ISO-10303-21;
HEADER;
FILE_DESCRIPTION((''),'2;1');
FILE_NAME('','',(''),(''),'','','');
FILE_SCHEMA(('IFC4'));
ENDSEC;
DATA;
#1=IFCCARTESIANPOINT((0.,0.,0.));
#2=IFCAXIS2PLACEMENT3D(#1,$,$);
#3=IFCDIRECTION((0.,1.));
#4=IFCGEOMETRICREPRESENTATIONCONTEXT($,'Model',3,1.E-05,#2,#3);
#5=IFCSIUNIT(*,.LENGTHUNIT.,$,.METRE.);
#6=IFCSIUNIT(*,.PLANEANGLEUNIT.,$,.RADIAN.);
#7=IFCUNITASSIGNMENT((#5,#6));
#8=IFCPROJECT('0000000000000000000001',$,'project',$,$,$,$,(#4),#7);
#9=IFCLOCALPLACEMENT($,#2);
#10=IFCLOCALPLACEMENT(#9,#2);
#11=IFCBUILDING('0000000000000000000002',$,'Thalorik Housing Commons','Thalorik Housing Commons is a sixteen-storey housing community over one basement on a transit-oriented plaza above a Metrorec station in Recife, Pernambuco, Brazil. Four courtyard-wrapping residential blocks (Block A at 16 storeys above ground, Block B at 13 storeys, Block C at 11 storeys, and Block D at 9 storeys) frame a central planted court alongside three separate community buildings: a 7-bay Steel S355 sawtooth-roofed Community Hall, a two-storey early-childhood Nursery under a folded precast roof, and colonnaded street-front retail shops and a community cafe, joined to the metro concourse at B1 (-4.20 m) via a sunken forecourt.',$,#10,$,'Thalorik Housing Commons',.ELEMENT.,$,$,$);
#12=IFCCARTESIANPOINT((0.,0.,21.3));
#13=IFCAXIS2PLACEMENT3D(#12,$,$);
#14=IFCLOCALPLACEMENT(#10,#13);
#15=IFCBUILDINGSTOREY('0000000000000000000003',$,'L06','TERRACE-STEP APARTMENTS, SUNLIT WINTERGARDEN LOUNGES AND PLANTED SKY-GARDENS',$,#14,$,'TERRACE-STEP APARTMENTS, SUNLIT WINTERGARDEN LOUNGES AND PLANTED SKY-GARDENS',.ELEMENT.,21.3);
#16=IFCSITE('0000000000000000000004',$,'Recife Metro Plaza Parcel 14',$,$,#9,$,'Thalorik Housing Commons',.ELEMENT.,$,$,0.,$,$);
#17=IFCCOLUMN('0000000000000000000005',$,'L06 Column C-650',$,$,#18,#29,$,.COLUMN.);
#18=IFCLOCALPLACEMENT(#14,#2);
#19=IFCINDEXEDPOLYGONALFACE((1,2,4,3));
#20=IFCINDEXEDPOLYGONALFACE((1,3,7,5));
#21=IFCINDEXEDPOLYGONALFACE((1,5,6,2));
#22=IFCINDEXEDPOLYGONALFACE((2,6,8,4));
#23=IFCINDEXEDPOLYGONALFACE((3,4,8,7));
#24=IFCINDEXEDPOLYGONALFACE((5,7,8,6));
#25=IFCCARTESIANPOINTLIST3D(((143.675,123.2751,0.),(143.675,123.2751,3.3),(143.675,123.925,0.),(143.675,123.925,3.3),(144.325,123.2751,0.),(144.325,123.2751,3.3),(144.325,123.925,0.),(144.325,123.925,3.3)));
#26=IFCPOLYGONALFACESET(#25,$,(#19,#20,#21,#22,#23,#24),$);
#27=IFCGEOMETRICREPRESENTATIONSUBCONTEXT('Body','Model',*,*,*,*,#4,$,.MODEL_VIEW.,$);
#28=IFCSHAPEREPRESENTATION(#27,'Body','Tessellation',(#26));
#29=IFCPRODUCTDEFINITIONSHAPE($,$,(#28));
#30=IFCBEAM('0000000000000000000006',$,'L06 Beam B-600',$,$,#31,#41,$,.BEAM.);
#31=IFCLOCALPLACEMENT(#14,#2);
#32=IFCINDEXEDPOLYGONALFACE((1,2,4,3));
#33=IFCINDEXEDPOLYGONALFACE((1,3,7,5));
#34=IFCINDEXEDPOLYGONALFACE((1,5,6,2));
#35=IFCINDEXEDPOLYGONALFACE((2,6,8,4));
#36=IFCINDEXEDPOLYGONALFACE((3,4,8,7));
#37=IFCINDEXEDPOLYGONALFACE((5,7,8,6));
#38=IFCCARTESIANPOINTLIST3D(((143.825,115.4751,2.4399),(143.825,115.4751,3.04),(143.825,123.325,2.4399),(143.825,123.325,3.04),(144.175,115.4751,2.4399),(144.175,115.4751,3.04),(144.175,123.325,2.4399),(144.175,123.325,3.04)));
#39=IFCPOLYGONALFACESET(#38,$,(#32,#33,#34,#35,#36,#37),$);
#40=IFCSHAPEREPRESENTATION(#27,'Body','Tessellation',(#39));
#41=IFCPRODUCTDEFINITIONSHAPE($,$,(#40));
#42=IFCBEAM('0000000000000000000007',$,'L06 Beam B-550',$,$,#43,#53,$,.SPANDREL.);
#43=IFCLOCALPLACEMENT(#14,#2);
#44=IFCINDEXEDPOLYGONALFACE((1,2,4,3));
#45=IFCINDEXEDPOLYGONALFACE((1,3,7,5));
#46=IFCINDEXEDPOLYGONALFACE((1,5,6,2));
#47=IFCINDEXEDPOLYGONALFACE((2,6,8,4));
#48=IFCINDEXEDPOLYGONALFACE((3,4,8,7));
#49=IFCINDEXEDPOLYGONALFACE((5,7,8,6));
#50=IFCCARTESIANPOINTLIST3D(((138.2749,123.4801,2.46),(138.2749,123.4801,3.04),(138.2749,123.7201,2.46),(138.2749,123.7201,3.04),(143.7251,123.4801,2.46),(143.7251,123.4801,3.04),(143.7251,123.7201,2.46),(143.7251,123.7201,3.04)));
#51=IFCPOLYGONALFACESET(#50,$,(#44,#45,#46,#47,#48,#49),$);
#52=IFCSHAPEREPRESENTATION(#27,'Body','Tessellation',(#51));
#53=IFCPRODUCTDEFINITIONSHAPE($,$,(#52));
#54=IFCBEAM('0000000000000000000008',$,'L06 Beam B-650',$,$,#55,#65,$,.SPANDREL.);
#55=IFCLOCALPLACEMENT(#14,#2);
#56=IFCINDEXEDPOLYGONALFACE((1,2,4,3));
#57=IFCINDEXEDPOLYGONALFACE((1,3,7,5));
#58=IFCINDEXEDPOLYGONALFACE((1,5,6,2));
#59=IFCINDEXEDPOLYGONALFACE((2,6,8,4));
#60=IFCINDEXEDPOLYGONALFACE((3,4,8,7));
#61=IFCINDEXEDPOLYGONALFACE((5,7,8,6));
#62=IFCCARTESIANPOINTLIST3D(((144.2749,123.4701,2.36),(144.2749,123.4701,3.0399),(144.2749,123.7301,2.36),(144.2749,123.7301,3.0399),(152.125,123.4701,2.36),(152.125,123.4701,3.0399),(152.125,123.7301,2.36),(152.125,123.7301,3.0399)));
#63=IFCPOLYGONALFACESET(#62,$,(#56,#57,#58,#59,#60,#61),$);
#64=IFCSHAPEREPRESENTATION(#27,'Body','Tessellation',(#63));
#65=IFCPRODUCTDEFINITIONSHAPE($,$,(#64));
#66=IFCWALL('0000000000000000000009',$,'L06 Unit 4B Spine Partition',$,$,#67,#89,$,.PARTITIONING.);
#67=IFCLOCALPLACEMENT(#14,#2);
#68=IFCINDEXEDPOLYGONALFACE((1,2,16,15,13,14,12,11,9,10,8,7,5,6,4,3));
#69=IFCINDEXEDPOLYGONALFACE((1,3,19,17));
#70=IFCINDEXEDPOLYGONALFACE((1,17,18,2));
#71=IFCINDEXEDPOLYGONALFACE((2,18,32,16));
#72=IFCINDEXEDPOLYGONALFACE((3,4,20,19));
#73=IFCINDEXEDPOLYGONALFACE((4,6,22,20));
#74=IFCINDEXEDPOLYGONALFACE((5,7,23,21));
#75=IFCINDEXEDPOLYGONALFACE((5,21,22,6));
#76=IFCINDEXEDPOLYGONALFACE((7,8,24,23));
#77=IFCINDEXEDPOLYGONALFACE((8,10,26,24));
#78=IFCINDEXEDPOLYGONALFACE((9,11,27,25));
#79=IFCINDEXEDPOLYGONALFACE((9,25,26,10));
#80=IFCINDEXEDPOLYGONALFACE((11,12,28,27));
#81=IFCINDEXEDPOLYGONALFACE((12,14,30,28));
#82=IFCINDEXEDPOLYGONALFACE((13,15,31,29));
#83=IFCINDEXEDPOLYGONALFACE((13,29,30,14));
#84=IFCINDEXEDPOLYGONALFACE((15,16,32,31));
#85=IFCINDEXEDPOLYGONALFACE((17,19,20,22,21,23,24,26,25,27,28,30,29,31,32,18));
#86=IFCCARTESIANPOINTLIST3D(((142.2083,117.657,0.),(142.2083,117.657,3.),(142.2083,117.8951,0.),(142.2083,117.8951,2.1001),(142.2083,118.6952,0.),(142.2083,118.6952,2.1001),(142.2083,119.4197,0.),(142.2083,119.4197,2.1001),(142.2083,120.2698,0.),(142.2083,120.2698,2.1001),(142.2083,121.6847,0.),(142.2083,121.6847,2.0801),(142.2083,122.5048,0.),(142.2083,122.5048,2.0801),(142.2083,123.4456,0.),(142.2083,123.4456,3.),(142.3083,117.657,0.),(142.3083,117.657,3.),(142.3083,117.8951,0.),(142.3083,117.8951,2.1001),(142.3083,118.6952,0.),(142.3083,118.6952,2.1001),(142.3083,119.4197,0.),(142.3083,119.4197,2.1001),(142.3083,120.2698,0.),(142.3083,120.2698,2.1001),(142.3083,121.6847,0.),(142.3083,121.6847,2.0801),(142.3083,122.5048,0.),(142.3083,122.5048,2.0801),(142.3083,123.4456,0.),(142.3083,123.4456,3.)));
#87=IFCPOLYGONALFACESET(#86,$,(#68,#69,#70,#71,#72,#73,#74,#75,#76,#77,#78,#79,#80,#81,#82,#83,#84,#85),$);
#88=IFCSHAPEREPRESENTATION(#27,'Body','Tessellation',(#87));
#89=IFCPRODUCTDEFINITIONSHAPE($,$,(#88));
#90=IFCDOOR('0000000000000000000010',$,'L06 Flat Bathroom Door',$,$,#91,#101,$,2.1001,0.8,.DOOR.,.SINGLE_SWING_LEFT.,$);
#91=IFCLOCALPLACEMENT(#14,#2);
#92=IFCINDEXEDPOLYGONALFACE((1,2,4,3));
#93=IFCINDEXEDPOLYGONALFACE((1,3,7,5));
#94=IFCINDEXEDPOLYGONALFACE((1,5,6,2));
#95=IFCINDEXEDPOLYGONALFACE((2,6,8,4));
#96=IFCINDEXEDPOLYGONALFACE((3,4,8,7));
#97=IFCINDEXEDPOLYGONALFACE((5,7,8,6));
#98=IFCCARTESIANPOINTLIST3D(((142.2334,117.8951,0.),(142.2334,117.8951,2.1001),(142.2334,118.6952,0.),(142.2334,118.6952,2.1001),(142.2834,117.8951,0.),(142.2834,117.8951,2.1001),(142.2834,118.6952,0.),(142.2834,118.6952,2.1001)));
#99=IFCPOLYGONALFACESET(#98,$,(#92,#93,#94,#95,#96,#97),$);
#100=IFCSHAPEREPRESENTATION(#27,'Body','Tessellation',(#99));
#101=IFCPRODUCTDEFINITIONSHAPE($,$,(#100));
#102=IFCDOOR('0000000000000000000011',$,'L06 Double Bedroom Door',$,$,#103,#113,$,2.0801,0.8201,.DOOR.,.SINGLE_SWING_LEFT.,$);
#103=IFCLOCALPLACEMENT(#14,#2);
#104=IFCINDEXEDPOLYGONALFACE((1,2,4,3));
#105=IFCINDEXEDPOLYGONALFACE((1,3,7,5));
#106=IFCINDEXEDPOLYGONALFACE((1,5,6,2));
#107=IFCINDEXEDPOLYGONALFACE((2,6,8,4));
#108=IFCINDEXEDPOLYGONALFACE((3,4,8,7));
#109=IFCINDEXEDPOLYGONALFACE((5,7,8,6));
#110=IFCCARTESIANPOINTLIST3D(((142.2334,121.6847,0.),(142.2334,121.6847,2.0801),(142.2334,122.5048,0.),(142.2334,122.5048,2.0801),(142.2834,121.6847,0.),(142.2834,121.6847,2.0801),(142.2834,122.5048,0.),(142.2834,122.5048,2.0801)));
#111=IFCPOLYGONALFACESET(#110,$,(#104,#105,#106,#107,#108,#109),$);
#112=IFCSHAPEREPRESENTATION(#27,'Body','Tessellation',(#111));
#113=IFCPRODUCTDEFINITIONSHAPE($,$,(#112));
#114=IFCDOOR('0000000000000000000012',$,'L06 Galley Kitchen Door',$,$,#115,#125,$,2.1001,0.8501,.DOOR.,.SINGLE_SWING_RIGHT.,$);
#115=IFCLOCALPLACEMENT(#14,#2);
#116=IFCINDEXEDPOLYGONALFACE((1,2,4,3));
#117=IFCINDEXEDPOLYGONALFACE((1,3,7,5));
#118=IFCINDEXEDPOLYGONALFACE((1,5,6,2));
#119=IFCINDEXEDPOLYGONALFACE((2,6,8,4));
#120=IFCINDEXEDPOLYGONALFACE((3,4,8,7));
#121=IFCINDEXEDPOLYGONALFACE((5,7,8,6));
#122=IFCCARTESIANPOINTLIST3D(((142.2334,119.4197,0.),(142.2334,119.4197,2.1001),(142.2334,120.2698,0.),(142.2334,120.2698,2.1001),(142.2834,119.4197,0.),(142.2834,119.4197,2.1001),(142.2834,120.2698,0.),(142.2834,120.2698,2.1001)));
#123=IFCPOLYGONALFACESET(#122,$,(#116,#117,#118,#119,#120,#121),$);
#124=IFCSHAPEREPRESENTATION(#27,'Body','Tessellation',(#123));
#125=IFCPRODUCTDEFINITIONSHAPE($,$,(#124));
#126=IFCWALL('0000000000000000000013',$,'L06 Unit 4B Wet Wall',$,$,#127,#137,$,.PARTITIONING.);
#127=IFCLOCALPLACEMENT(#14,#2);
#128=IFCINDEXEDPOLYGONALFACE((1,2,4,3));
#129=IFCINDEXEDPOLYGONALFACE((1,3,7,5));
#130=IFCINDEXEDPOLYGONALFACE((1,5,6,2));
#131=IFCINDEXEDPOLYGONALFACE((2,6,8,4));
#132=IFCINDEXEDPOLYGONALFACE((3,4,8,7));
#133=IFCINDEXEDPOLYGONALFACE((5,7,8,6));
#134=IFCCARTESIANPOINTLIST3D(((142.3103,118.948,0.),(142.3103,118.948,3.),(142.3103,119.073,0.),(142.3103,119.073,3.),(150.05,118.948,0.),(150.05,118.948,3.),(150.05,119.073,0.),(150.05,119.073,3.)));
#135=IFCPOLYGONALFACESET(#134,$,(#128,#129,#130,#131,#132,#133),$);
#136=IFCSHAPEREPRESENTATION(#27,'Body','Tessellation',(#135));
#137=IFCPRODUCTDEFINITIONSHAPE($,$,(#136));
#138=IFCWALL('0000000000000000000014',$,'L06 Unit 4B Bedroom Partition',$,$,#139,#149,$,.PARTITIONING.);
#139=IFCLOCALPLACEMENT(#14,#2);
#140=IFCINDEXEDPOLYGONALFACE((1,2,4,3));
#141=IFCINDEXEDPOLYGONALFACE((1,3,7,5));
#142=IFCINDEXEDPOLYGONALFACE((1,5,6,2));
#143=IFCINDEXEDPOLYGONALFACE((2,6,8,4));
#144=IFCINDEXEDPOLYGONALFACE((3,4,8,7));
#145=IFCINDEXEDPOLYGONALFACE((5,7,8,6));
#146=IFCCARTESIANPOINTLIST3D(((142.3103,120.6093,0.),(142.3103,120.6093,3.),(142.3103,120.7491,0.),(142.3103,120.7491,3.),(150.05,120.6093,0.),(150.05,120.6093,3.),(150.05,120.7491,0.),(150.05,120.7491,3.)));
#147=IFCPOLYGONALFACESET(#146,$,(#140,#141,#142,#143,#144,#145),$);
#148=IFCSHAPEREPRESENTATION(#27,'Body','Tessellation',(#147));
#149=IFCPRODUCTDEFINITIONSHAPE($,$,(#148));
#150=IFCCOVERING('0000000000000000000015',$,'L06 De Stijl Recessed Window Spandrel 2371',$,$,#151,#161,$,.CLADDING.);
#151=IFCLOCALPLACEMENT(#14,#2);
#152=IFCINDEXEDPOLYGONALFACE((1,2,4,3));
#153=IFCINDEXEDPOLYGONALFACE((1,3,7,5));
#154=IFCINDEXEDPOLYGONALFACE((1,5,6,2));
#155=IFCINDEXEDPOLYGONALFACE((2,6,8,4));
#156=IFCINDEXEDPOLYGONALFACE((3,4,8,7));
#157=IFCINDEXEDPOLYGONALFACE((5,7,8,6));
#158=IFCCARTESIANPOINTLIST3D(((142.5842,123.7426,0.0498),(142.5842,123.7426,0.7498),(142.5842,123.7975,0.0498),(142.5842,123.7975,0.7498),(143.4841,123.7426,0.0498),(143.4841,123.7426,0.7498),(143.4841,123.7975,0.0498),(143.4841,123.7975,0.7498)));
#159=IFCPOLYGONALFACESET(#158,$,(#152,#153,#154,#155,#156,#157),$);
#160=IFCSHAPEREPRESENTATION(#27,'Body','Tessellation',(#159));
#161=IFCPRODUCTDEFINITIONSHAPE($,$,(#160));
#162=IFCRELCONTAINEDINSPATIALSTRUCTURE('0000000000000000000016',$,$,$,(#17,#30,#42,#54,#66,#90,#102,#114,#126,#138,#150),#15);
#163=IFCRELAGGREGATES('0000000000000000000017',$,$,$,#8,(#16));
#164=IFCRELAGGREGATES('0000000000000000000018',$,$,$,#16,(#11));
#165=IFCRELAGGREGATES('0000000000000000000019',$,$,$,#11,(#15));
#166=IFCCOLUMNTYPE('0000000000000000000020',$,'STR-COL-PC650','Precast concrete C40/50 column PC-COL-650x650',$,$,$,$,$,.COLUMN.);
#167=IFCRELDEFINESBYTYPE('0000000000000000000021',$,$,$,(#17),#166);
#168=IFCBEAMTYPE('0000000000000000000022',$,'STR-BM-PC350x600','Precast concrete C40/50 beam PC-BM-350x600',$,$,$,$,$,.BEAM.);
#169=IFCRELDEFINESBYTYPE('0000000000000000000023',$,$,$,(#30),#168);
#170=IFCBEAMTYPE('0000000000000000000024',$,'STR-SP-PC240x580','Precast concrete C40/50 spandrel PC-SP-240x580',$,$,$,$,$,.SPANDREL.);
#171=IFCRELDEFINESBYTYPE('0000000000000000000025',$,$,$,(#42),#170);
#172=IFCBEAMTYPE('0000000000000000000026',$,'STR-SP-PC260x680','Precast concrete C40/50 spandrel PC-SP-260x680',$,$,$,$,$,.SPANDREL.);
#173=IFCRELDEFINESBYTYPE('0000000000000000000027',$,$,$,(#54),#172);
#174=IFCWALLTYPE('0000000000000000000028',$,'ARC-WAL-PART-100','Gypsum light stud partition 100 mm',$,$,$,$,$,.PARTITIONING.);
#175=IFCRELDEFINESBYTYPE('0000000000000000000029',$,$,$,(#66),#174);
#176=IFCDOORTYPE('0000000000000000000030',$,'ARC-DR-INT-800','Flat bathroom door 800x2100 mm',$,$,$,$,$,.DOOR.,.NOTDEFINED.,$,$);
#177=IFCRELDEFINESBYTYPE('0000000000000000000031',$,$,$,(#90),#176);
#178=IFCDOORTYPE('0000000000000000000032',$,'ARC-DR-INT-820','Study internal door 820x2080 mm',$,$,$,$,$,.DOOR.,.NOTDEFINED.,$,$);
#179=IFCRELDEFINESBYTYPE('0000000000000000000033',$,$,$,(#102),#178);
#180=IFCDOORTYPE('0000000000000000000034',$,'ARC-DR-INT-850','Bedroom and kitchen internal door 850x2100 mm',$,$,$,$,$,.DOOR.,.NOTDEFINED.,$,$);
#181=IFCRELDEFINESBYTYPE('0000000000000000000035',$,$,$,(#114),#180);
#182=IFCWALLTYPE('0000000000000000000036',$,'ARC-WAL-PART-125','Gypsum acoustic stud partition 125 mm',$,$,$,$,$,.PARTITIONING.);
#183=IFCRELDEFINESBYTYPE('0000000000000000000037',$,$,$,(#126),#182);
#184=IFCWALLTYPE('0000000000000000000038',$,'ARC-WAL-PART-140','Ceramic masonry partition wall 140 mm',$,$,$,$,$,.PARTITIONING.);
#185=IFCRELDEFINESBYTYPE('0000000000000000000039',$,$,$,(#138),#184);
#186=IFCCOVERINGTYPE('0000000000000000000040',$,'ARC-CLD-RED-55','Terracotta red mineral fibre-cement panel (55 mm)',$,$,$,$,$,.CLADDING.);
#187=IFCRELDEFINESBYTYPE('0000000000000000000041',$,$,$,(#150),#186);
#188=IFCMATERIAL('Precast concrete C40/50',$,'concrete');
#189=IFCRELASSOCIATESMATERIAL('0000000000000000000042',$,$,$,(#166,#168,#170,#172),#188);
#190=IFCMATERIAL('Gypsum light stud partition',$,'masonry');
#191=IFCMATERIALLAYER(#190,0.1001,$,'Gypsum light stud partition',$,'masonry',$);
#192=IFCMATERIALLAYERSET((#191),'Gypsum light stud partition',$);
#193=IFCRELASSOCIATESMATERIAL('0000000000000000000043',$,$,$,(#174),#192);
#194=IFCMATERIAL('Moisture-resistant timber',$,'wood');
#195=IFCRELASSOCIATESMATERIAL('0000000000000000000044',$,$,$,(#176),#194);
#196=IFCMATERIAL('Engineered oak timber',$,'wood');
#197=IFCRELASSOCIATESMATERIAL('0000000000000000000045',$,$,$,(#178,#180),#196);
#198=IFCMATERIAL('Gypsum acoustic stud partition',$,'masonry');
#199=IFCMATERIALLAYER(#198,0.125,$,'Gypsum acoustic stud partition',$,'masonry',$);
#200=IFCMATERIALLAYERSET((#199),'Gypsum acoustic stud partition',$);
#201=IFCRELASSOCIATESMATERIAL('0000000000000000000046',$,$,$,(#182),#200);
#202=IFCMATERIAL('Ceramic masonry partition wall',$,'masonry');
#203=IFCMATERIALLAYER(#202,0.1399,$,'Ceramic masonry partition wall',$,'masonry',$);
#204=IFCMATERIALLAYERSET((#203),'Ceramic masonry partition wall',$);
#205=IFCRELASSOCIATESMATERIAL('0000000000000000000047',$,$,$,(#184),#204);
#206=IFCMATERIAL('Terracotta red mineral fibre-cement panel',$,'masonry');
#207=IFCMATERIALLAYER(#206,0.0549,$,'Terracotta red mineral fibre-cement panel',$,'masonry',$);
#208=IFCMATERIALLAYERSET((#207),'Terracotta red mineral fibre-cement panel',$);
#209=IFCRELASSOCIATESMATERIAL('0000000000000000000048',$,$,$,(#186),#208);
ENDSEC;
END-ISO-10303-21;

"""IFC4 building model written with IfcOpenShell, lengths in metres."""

from ifc_helpers import new_model, si_unit, direction, frame, frame_2d, origin, origin_2d, place, context, subcontext, project, spatial, rectangle, extrude, material, layer, layer_set, material_profile, profile_set, type_object, element, fill, save


model = new_model("IFC4")

# Units and contexts
model_context = context("Model", 3, precision=1e-05, world=origin(), true_north=direction((0.0, 1.0)))
body_context = subcontext(model_context, "Body", "Model", "MODEL_VIEW")
ifc_project = project(units=[si_unit("LENGTHUNIT", "METRE"), si_unit("PLANEANGLEUNIT", "RADIAN")], contexts=[model_context])

# Site, building, storey
site_placement = place(None, origin())
site = spatial("IfcSite", under=ifc_project, at=site_placement, Name="Recife Metro Plaza Parcel 14", LongName="Thalorik Housing Commons", CompositionType="ELEMENT", RefElevation=0.0)
building_placement = place(site_placement, origin())
building = spatial("IfcBuilding", under=site, at=building_placement, Name="Thalorik Housing Commons", Description="Thalorik Housing Commons is a sixteen-storey housing community over one basement on a transit-oriented plaza above a Metrorec station in Recife, Pernambuco, Brazil. Four courtyard-wrapping residential blocks (Block A at 16 storeys above ground, Block B at 13 storeys, Block C at 11 storeys, and Block D at 9 storeys) frame a central planted court alongside three separate community buildings: a 7-bay Steel S355 sawtooth-roofed Community Hall, a two-storey early-childhood Nursery under a folded precast roof, and colonnaded street-front retail shops and a community cafe, joined to the metro concourse at B1 (-4.20 m) via a sunken forecourt.", LongName="Thalorik Housing Commons", CompositionType="ELEMENT")
storey_placement = place(building_placement, frame((0.0, 0.0, 21.3)))
storey = spatial("IfcBuildingStorey", under=building, at=storey_placement, Name="L06", Description="TERRACE-STEP APARTMENTS, SUNLIT WINTERGARDEN LOUNGES AND PLANTED SKY-GARDENS", LongName="TERRACE-STEP APARTMENTS, SUNLIT WINTERGARDEN LOUNGES AND PLANTED SKY-GARDENS", CompositionType="ELEMENT", Elevation=21.3)

# Column
ifc_material_1 = material(Name="Precast concrete C40/50", Category="concrete")
ifc_material_profile_1 = material_profile(ifc_material_1, rectangle(XDim=0.6499, YDim=0.6499, at=origin_2d()), Name="PC 650x650", Category="concrete")
ifc_profile_set_1 = profile_set([ifc_material_profile_1], Name="Precast concrete C40/50")
column_type = type_object("IfcColumnType", Name="STR-COL-PC650", Description="Precast concrete C40/50 column PC-COL-650x650", PredefinedType="COLUMN", material=ifc_profile_set_1)
column_placement = place(storey_placement, frame((144.0, 123.6001, 0.0), z_axis=(0.0, 0.0, 1.0), x_axis=(1.0, 0.0, 0.0)))
element("IfcColumn", 1, at=column_placement, inside=storey, type_object=column_type, Name="L06 Column C-650", PredefinedType="COLUMN", context=body_context, shape_type="SweptSolid", body=[
    extrude(rectangle(XDim=0.6499, YDim=0.6499, at=origin_2d()), origin(), (0.0, 0.0, 1.0), 3.3),
])

# Beams
ifc_material_profile_2 = material_profile(ifc_material_1, rectangle(XDim=0.3501, YDim=0.6001, at=origin_2d()), Name="PC 350x600", Category="concrete")
ifc_profile_set_2 = profile_set([ifc_material_profile_2], Name="Precast concrete C40/50")
beam_type_1 = type_object("IfcBeamType", Name="STR-BM-PC350x600", Description="Precast concrete C40/50 beam PC-BM-350x600", PredefinedType="BEAM", material=ifc_profile_set_2)
beam_1_placement = place(storey_placement, frame((144.0, 115.4751, 2.74), z_axis=(0.0, 1.0, 0.0), x_axis=(-1.0, 0.0, 0.0)))
element("IfcBeam", 2, at=beam_1_placement, inside=storey, type_object=beam_type_1, Name="L06 Beam B-600", PredefinedType="BEAM", context=body_context, shape_type="SweptSolid", body=[
    extrude(rectangle(XDim=0.3501, YDim=0.6001, at=origin_2d()), origin(), (0.0, 0.0, 1.0), 7.8499),
])
ifc_material_profile_3 = material_profile(ifc_material_1, rectangle(XDim=0.24, YDim=0.5801, at=origin_2d()), Name="PC SP 240x580", Category="concrete")
ifc_profile_set_3 = profile_set([ifc_material_profile_3], Name="Precast concrete C40/50")
beam_type_2 = type_object("IfcBeamType", Name="STR-SP-PC240x580", Description="Precast concrete C40/50 spandrel PC-SP-240x580", PredefinedType="SPANDREL", material=ifc_profile_set_3)
beam_2_placement = place(storey_placement, frame((138.2749, 123.6001, 2.75), z_axis=(1.0, 0.0, 0.0), x_axis=(0.0, 1.0, 0.0)))
element("IfcBeam", 3, at=beam_2_placement, inside=storey, type_object=beam_type_2, Name="L06 Beam B-550", PredefinedType="SPANDREL", context=body_context, shape_type="SweptSolid", body=[
    extrude(rectangle(XDim=0.24, YDim=0.5801, at=origin_2d()), origin(), (0.0, 0.0, 1.0), 5.4502),
])
ifc_material_profile_4 = material_profile(ifc_material_1, rectangle(XDim=0.26, YDim=0.6799, at=origin_2d()), Name="PC SP 260x680", Category="concrete")
ifc_profile_set_4 = profile_set([ifc_material_profile_4], Name="Precast concrete C40/50")
beam_type_3 = type_object("IfcBeamType", Name="STR-SP-PC260x680", Description="Precast concrete C40/50 spandrel PC-SP-260x680", PredefinedType="SPANDREL", material=ifc_profile_set_4)
beam_3_placement = place(storey_placement, frame((144.2749, 123.6001, 2.7), z_axis=(1.0, 0.0, 0.0), x_axis=(0.0, 1.0, 0.0)))
element("IfcBeam", 4, at=beam_3_placement, inside=storey, type_object=beam_type_3, Name="L06 Beam B-650", PredefinedType="SPANDREL", context=body_context, shape_type="SweptSolid", body=[
    extrude(rectangle(XDim=0.26, YDim=0.6799, at=origin_2d()), origin(), (0.0, 0.0, 1.0), 7.8501),
])

# Wall, openings, doors
ifc_material_2 = material(Name="Gypsum light stud partition", Category="masonry")
ifc_layer_1 = layer(ifc_material_2, 0.1001, Name="Gypsum light stud partition", Category="masonry")
ifc_layer_set_1 = layer_set([ifc_layer_1], Name="Gypsum light stud partition")
wall_type_1 = type_object("IfcWallType", Name="ARC-WAL-PART-100", Description="Gypsum light stud partition 100 mm", PredefinedType="PARTITIONING", material=ifc_layer_set_1)
wall_1_placement = place(storey_placement, frame((142.2583, 117.657, 0.0), z_axis=(0.0, 0.0, 1.0), x_axis=(0.0, 1.0, 0.0)))
wall_1 = element("IfcWall", 5, at=wall_1_placement, inside=storey, type_object=wall_type_1, Name="L06 Unit 4B Spine Partition", PredefinedType="PARTITIONING", context=body_context, shape_type="SweptSolid", body=[
    extrude(rectangle(XDim=5.7886, YDim=0.1001, at=frame_2d((2.8943, 0.0))), origin(), (0.0, 0.0, 1.0), 3.0),
])
opening_1_placement = place(wall_1_placement, frame((0.2383, 0.0, 0.0)))
opening_1 = element("IfcOpeningElement", 6, at=opening_1_placement, cuts=wall_1, PredefinedType="OPENING", context=body_context, shape_type="SweptSolid", body=[
    extrude(rectangle(XDim=0.8, YDim=2.1001, at=frame_2d((0.3999, 1.05))), frame((0.0, 0.0601, 0.0), z_axis=(0.0, -1.0, 0.0), x_axis=(1.0, 0.0, 0.0)), (0.0, 0.0, 1.0), 0.1201),
])
opening_2_placement = place(wall_1_placement, frame((1.7627, 0.0, 0.0)))
opening_2 = element("IfcOpeningElement", 7, at=opening_2_placement, cuts=wall_1, PredefinedType="OPENING", context=body_context, shape_type="SweptSolid", body=[
    extrude(rectangle(XDim=0.8501, YDim=2.1001, at=frame_2d((0.425, 1.05))), frame((0.0, 0.0601, 0.0), z_axis=(0.0, -1.0, 0.0), x_axis=(1.0, 0.0, 0.0)), (0.0, 0.0, 1.0), 0.1201),
])
opening_3_placement = place(wall_1_placement, frame((4.0276, 0.0, 0.0)))
opening_3 = element("IfcOpeningElement", 8, at=opening_3_placement, cuts=wall_1, PredefinedType="OPENING", context=body_context, shape_type="SweptSolid", body=[
    extrude(rectangle(XDim=0.8201, YDim=2.0801, at=frame_2d((0.4102, 1.04))), frame((0.0, 0.0601, 0.0), z_axis=(0.0, -1.0, 0.0), x_axis=(1.0, 0.0, 0.0)), (0.0, 0.0, 1.0), 0.1201),
])
ifc_material_3 = material(Name="Moisture-resistant timber", Category="wood")
door_type_1 = type_object("IfcDoorType", Name="ARC-DR-INT-800", Description="Flat bathroom door 800x2100 mm", OperationType="NOTDEFINED", PredefinedType="DOOR", material=ifc_material_3)
door_1_placement = place(opening_1_placement, origin())
door_1 = element("IfcDoor", 9, at=door_1_placement, inside=storey, type_object=door_type_1, Name="L06 Flat Bathroom Door", OperationType="SINGLE_SWING_LEFT", OverallHeight=2.1001, OverallWidth=0.8, PredefinedType="DOOR", context=body_context, shape_type="SweptSolid", body=[
    extrude(rectangle(XDim=0.8, YDim=2.1001, at=frame_2d((0.3999, 1.05))), frame((0.0, 0.0249, 0.0), z_axis=(0.0, -1.0, 0.0), x_axis=(1.0, 0.0, 0.0)), (0.0, 0.0, 1.0), 0.05),
])
fill(opening_1, door_1)
ifc_material_4 = material(Name="Engineered oak timber", Category="wood")
door_type_2 = type_object("IfcDoorType", Name="ARC-DR-INT-820", Description="Study internal door 820x2080 mm", OperationType="NOTDEFINED", PredefinedType="DOOR", material=ifc_material_4)
door_2_placement = place(opening_3_placement, origin())
door_2 = element("IfcDoor", 10, at=door_2_placement, inside=storey, type_object=door_type_2, Name="L06 Double Bedroom Door", OperationType="SINGLE_SWING_LEFT", OverallHeight=2.0801, OverallWidth=0.8201, PredefinedType="DOOR", context=body_context, shape_type="SweptSolid", body=[
    extrude(rectangle(XDim=0.8201, YDim=2.0801, at=frame_2d((0.4102, 1.04))), frame((0.0, 0.0249, 0.0), z_axis=(0.0, -1.0, 0.0), x_axis=(1.0, 0.0, 0.0)), (0.0, 0.0, 1.0), 0.05),
])
fill(opening_3, door_2)
door_type_3 = type_object("IfcDoorType", Name="ARC-DR-INT-850", Description="Bedroom and kitchen internal door 850x2100 mm", OperationType="NOTDEFINED", PredefinedType="DOOR", material=ifc_material_4)
door_3_placement = place(opening_2_placement, origin())
door_3 = element("IfcDoor", 11, at=door_3_placement, inside=storey, type_object=door_type_3, Name="L06 Galley Kitchen Door", OperationType="SINGLE_SWING_RIGHT", OverallHeight=2.1001, OverallWidth=0.8501, PredefinedType="DOOR", context=body_context, shape_type="SweptSolid", body=[
    extrude(rectangle(XDim=0.8501, YDim=2.1001, at=frame_2d((0.425, 1.05))), frame((0.0, 0.0249, 0.0), z_axis=(0.0, -1.0, 0.0), x_axis=(1.0, 0.0, 0.0)), (0.0, 0.0, 1.0), 0.05),
])
fill(opening_2, door_3)

# Walls
ifc_material_5 = material(Name="Gypsum acoustic stud partition", Category="masonry")
ifc_layer_2 = layer(ifc_material_5, 0.125, Name="Gypsum acoustic stud partition", Category="masonry")
ifc_layer_set_2 = layer_set([ifc_layer_2], Name="Gypsum acoustic stud partition")
wall_type_2 = type_object("IfcWallType", Name="ARC-WAL-PART-125", Description="Gypsum acoustic stud partition 125 mm", PredefinedType="PARTITIONING", material=ifc_layer_set_2)
wall_2_placement = place(storey_placement, frame((142.3103, 119.0105, 0.0), z_axis=(0.0, 0.0, 1.0), x_axis=(1.0, 0.0, 0.0)))
element("IfcWall", 12, at=wall_2_placement, inside=storey, type_object=wall_type_2, Name="L06 Unit 4B Wet Wall", PredefinedType="PARTITIONING", context=body_context, shape_type="SweptSolid", body=[
    extrude(rectangle(XDim=7.7397, YDim=0.125, at=frame_2d((3.8699, 0.0))), origin(), (0.0, 0.0, 1.0), 3.0),
])
ifc_material_6 = material(Name="Ceramic masonry partition wall", Category="masonry")
ifc_layer_3 = layer(ifc_material_6, 0.1399, Name="Ceramic masonry partition wall", Category="masonry")
ifc_layer_set_3 = layer_set([ifc_layer_3], Name="Ceramic masonry partition wall")
wall_type_3 = type_object("IfcWallType", Name="ARC-WAL-PART-140", Description="Ceramic masonry partition wall 140 mm", PredefinedType="PARTITIONING", material=ifc_layer_set_3)
wall_3_placement = place(storey_placement, frame((142.3103, 120.6792, 0.0), z_axis=(0.0, 0.0, 1.0), x_axis=(1.0, 0.0, 0.0)))
element("IfcWall", 13, at=wall_3_placement, inside=storey, type_object=wall_type_3, Name="L06 Unit 4B Bedroom Partition", PredefinedType="PARTITIONING", context=body_context, shape_type="SweptSolid", body=[
    extrude(rectangle(XDim=7.7397, YDim=0.1399, at=frame_2d((3.8699, 0.0))), origin(), (0.0, 0.0, 1.0), 3.0),
])

# Covering
ifc_material_7 = material(Name="Terracotta red mineral fibre-cement panel", Category="masonry")
ifc_layer_4 = layer(ifc_material_7, 0.0549, Name="Terracotta red mineral fibre-cement panel", Category="masonry")
ifc_layer_set_4 = layer_set([ifc_layer_4], Name="Terracotta red mineral fibre-cement panel")
covering_type_1 = type_object("IfcCoveringType", Name="ARC-CLD-RED-55", Description="Terracotta red mineral fibre-cement panel (55 mm)", PredefinedType="CLADDING", material=ifc_layer_set_4)
covering_1_placement = place(storey_placement, frame((143.0342, 123.77, 0.0498), z_axis=(0.0, 0.0, 1.0), x_axis=(-1.0, 0.0, 0.0)))
element("IfcCovering", 14, at=covering_1_placement, inside=storey, type_object=covering_type_1, Name="L06 De Stijl Recessed Window Spandrel 2371", PredefinedType="CLADDING", context=body_context, shape_type="SweptSolid", body=[
    extrude(rectangle(XDim=0.8999, YDim=0.0549, at=origin_2d()), origin(), (0.0, 0.0, 1.0), 0.7),
])

save(model, "model.ifc")
